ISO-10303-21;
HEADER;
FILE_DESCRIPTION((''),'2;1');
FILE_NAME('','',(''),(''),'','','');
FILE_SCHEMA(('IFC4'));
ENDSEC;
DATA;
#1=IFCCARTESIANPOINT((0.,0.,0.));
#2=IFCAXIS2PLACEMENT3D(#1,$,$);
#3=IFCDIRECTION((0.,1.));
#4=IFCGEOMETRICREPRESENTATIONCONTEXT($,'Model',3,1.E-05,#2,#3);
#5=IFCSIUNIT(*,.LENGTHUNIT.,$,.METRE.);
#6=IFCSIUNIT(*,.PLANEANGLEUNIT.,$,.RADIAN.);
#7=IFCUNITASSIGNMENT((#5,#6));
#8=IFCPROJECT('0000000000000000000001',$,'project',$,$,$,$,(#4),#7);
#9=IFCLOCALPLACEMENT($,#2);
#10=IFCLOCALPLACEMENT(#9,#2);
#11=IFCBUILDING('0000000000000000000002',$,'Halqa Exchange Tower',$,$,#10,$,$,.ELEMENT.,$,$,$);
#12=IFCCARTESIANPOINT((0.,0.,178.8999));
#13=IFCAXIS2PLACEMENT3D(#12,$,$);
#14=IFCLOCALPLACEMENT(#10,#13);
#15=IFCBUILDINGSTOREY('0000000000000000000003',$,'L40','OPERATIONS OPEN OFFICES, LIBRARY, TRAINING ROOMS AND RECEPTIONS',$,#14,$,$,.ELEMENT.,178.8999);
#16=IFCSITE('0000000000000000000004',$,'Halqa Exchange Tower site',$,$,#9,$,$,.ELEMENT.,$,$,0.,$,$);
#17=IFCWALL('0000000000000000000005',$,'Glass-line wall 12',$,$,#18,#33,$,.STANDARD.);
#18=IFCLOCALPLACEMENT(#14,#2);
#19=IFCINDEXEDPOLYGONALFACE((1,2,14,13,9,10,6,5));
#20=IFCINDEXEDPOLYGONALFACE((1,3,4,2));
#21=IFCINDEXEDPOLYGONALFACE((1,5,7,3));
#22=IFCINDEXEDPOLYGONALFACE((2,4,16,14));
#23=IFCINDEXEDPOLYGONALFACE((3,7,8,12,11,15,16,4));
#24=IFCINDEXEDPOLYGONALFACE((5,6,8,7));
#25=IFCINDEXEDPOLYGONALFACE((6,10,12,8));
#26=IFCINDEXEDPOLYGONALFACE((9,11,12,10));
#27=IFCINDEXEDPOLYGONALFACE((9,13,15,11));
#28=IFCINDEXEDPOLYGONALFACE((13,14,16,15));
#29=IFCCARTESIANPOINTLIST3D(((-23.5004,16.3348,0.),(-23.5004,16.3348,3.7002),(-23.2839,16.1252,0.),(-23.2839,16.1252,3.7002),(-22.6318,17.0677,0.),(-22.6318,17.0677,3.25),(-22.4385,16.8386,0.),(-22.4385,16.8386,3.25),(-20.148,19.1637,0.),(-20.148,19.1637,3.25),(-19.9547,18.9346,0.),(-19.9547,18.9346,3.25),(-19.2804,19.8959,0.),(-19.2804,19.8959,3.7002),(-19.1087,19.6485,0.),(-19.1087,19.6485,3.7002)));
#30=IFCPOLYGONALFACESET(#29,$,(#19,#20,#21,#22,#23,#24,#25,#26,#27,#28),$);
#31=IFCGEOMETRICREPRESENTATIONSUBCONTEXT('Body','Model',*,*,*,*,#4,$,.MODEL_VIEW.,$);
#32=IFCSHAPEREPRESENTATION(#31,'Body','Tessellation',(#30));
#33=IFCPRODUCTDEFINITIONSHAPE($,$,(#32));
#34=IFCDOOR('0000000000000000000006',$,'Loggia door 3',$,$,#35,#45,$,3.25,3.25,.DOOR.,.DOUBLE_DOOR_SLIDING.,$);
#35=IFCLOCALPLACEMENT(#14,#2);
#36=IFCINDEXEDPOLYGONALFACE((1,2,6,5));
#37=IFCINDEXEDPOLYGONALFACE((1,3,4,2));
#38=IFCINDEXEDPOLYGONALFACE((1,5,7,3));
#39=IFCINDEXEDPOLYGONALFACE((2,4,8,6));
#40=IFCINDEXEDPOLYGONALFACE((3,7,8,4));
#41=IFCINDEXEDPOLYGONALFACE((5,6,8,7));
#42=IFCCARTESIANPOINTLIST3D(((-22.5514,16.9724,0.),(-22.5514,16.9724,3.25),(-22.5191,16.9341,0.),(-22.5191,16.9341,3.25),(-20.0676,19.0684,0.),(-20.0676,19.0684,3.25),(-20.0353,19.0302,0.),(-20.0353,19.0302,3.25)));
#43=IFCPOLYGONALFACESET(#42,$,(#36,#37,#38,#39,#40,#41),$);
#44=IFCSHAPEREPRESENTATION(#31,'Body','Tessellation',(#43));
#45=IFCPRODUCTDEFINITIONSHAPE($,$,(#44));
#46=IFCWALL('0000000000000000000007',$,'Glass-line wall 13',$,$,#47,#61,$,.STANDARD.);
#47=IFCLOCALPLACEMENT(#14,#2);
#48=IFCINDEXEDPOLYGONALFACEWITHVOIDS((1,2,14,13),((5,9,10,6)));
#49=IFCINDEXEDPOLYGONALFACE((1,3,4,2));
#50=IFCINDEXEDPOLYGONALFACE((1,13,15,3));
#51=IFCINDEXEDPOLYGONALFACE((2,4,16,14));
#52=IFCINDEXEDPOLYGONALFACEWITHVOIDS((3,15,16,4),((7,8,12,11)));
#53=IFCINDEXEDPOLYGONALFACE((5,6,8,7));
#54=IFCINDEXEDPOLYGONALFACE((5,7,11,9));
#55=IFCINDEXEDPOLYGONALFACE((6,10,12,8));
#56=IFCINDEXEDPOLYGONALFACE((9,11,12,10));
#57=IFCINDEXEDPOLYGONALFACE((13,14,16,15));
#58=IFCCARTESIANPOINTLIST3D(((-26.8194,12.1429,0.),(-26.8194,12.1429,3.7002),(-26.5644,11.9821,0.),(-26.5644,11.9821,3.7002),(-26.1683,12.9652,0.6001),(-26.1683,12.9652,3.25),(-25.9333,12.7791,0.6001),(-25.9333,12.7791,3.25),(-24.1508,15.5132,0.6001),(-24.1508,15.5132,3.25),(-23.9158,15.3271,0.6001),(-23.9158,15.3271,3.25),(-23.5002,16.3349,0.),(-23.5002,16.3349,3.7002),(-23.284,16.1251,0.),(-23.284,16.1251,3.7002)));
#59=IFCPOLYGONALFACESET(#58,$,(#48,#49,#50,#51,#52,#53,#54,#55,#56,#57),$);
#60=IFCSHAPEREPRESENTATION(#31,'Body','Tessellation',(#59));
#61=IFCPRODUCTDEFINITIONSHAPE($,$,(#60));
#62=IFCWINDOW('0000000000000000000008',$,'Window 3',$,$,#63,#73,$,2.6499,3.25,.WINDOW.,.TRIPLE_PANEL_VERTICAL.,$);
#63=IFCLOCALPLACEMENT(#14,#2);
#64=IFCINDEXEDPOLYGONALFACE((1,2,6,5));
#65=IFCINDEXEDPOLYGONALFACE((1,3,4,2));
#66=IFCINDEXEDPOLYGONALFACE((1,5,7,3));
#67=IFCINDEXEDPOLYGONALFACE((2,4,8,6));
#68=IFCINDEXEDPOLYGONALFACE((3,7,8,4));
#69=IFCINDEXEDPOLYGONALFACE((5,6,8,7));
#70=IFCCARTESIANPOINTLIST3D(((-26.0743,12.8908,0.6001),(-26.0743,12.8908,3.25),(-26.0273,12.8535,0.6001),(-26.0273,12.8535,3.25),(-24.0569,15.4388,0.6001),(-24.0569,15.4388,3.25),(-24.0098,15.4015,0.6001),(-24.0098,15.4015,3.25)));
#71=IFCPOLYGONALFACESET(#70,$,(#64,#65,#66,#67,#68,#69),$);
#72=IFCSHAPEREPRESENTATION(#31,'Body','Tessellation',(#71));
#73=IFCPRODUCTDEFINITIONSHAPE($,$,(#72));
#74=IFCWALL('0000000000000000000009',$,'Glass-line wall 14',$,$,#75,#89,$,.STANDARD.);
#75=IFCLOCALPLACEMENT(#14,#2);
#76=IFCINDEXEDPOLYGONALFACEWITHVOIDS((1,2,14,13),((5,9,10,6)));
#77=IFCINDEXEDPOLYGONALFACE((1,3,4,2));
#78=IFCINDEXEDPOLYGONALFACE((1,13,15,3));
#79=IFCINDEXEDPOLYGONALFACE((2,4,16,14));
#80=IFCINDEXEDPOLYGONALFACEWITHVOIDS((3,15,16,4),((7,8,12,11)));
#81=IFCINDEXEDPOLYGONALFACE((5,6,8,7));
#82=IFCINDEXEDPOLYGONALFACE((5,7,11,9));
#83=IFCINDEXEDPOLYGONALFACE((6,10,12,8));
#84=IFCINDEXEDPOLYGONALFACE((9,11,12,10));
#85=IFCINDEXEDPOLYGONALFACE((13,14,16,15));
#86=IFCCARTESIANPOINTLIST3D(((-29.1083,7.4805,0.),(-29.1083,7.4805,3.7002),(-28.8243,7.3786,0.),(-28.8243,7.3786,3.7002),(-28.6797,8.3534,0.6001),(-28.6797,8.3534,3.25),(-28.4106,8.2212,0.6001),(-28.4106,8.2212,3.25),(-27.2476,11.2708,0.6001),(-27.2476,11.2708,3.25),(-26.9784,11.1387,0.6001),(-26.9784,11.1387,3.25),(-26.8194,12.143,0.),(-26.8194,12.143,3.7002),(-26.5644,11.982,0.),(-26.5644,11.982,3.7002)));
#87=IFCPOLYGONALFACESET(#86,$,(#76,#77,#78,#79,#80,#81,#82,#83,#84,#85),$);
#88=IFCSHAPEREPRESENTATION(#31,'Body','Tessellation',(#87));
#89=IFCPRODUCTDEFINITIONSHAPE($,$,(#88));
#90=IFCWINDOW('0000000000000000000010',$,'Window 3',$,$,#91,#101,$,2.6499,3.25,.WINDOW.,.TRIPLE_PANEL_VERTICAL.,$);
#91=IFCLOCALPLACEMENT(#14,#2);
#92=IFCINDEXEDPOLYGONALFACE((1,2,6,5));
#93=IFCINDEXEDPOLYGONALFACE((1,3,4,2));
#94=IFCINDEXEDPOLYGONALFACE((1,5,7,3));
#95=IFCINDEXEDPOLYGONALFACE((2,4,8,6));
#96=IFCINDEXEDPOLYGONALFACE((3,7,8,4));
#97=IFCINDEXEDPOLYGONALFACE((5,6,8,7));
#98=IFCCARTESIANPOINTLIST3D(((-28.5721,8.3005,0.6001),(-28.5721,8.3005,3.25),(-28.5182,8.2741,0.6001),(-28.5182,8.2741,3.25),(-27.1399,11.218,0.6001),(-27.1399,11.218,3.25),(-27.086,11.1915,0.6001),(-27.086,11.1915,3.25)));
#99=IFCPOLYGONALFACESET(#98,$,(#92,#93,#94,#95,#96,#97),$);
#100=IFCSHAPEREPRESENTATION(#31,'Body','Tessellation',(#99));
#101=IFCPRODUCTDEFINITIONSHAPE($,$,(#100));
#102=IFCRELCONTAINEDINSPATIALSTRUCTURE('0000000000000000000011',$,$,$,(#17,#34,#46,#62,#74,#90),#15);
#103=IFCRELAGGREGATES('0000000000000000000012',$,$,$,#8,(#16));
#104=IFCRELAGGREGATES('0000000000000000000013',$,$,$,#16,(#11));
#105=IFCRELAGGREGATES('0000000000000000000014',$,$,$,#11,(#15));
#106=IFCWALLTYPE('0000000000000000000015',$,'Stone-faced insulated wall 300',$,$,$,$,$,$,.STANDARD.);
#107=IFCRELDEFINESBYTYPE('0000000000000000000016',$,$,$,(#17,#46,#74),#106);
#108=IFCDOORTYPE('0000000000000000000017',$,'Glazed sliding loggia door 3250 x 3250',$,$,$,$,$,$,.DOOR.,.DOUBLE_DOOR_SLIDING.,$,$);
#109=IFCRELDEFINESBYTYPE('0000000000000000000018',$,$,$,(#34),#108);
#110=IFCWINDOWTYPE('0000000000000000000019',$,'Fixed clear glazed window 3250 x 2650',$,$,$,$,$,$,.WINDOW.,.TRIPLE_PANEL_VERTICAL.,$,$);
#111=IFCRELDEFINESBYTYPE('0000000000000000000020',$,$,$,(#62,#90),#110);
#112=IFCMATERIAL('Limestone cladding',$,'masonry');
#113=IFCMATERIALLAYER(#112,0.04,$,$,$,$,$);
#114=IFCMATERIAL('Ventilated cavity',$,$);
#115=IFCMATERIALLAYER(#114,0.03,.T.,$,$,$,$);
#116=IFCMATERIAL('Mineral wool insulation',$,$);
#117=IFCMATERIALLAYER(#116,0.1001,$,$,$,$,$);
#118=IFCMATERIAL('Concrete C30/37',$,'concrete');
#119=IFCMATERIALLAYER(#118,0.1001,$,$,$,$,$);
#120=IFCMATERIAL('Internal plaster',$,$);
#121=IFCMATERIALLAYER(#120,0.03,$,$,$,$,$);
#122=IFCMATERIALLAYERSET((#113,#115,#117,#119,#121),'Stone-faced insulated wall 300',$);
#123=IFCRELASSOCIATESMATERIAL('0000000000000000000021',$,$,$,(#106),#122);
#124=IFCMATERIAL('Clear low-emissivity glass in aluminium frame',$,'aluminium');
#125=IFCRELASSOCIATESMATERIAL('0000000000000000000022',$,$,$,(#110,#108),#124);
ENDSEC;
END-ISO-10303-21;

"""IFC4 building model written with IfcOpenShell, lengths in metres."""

from ifc_helpers import new_model, si_unit, direction, frame, frame_2d, origin, place, context, subcontext, project, spatial, polyline, rectangle, outline, extrude, material, layer, layer_set, type_object, element, fill, save


model = new_model("IFC4")

# Units and contexts
model_context = context("Model", 3, precision=1e-05, world=origin(), true_north=direction((0.0, 1.0)))
body_context = subcontext(model_context, "Body", "Model", "MODEL_VIEW")
ifc_project = project(units=[si_unit("LENGTHUNIT", "METRE"), si_unit("PLANEANGLEUNIT", "RADIAN")], contexts=[model_context])

# Site, building, storey
site_placement = place(None, origin())
site = spatial("IfcSite", under=ifc_project, at=site_placement, Name="Halqa Exchange Tower site", CompositionType="ELEMENT", RefElevation=0.0)
building_placement = place(site_placement, origin())
building = spatial("IfcBuilding", under=site, at=building_placement, Name="Halqa Exchange Tower", CompositionType="ELEMENT")
storey_placement = place(building_placement, frame((0.0, 0.0, 178.8999)))
storey = spatial("IfcBuildingStorey", under=building, at=storey_placement, Name="L40", Description="OPERATIONS OPEN OFFICES, LIBRARY, TRAINING ROOMS AND RECEPTIONS", CompositionType="ELEMENT", Elevation=178.8999)

# Shared definitions
ifc_material_1 = material(Name="Limestone cladding", Category="masonry")
ifc_layer_1 = layer(ifc_material_1, 0.04)
ifc_material_2 = material(Name="Ventilated cavity")
ifc_layer_2 = layer(ifc_material_2, 0.03, ventilated=True)
ifc_material_3 = material(Name="Mineral wool insulation")
ifc_layer_3 = layer(ifc_material_3, 0.1001)
ifc_material_4 = material(Name="Concrete C30/37", Category="concrete")
ifc_layer_4 = layer(ifc_material_4, 0.1001)
ifc_material_5 = material(Name="Internal plaster")
ifc_layer_5 = layer(ifc_material_5, 0.03)
ifc_layer_set_1 = layer_set([ifc_layer_1, ifc_layer_2, ifc_layer_3, ifc_layer_4, ifc_layer_5], Name="Stone-faced insulated wall 300")
wall_type_1 = type_object("IfcWallType", Name="Stone-faced insulated wall 300", PredefinedType="STANDARD", material=ifc_layer_set_1)
ifc_material_6 = material(Name="Clear low-emissivity glass in aluminium frame", Category="aluminium")
window_type = type_object("IfcWindowType", Name="Fixed clear glazed window 3250 x 2650", PartitioningType="TRIPLE_PANEL_VERTICAL", PredefinedType="WINDOW", material=ifc_material_6)

# Wall, opening, door
wall_1_placement = place(storey_placement, frame((-19.1946, 19.7722, 0.0), z_axis=(0.0, 0.0, 1.0), x_axis=(-0.764239, -0.644933, 0.0)))
wall_1 = element("IfcWall", 1, at=wall_1_placement, inside=storey, type_object=wall_type_1, Name="Glass-line wall 12", PredefinedType="STANDARD", context=body_context, shape_type="SweptSolid", body=[
    extrude(outline(polyline([(-0.0142, -0.1499), (5.5076, -0.1499), (5.4773, 0.1499), (0.0142, 0.1499), (-0.0142, -0.1499)])), origin(), (0.0, 0.0, 1.0), 3.7002),
])
opening_1_placement = place(wall_1_placement, frame((1.1211, 0.0, 0.0)))
opening_1 = element("IfcOpeningElement", 2, at=opening_1_placement, cuts=wall_1, PredefinedType="OPENING", context=body_context, shape_type="SweptSolid", body=[
    extrude(rectangle(XDim=3.25, YDim=3.25, at=frame_2d((1.625, 1.625))), frame((0.0, 0.1621, 0.0), z_axis=(0.0, -1.0, 0.0), x_axis=(1.0, 0.0, 0.0)), (0.0, 0.0, 1.0), 0.324),
])
door_type = type_object("IfcDoorType", Name="Glazed sliding loggia door 3250 x 3250", OperationType="DOUBLE_DOOR_SLIDING", PredefinedType="DOOR", material=ifc_material_6)
door_placement = place(opening_1_placement, origin())
door = element("IfcDoor", 3, at=door_placement, inside=storey, type_object=door_type, Name="Loggia door 3", OperationType="DOUBLE_DOOR_SLIDING", OverallHeight=3.25, OverallWidth=3.25, PredefinedType="DOOR", context=body_context, shape_type="SweptSolid", body=[
    extrude(rectangle(XDim=3.25, YDim=3.25, at=frame_2d((1.625, 1.625))), frame((0.0, 0.0249, 0.0), z_axis=(0.0, -1.0, 0.0), x_axis=(1.0, 0.0, 0.0)), (0.0, 0.0, 1.0), 0.05),
])
fill(opening_1, door)

# Walls, openings, windows
wall_2_placement = place(storey_placement, frame((-23.3921, 16.23, 0.0), z_axis=(0.0, 0.0, 1.0), x_axis=(-0.620766, -0.783996, 0.0)))
wall_2 = element("IfcWall", 4, at=wall_2_placement, inside=storey, type_object=wall_type_1, Name="Glass-line wall 13", PredefinedType="STANDARD", context=body_context, shape_type="SweptSolid", body=[
    extrude(outline(polyline([(-0.0151, -0.1499), (5.3318, -0.1499), (5.2996, 0.1499), (0.0151, 0.1499), (-0.0151, -0.1499)])), origin(), (0.0, 0.0, 1.0), 3.7002),
])
opening_2_placement = place(wall_2_placement, frame((1.033, 0.0, 0.6001)))
opening_2 = element("IfcOpeningElement", 5, at=opening_2_placement, cuts=wall_2, PredefinedType="OPENING", context=body_context, shape_type="SweptSolid", body=[
    extrude(rectangle(XDim=3.25, YDim=2.6499, at=frame_2d((1.625, 1.325))), frame((0.0, 0.1621, 0.0), z_axis=(0.0, -1.0, 0.0), x_axis=(1.0, 0.0, 0.0)), (0.0, 0.0, 1.0), 0.324),
])
window_1_placement = place(opening_2_placement, origin())
window_1 = element("IfcWindow", 6, at=window_1_placement, inside=storey, type_object=window_type, Name="Window 3", OverallHeight=2.6499, OverallWidth=3.25, PartitioningType="TRIPLE_PANEL_VERTICAL", PredefinedType="WINDOW", context=body_context, shape_type="SweptSolid", body=[
    extrude(rectangle(XDim=3.25, YDim=2.6499, at=frame_2d((1.625, 1.325))), frame((0.0, 0.03, 0.0), z_axis=(0.0, -1.0, 0.0), x_axis=(1.0, 0.0, 0.0)), (0.0, 0.0, 1.0), 0.0601),
])
fill(opening_2, window_1)
wall_3_placement = place(storey_placement, frame((-26.6919, 12.0625, 0.0), z_axis=(0.0, 0.0, 1.0), x_axis=(-0.440674, -0.897667, 0.0)))
wall_3 = element("IfcWall", 7, at=wall_3_placement, inside=storey, type_object=wall_type_1, Name="Glass-line wall 14", PredefinedType="STANDARD", context=body_context, shape_type="SweptSolid", body=[
    extrude(outline(polyline([(-0.0161, -0.1499), (5.178, -0.1499), (5.1443, 0.1499), (0.0161, 0.1499), (-0.0161, -0.1499)])), origin(), (0.0, 0.0, 1.0), 3.7002),
])
opening_3_placement = place(wall_3_placement, frame((0.9556, 0.0, 0.6001)))
opening_3 = element("IfcOpeningElement", 8, at=opening_3_placement, cuts=wall_3, PredefinedType="OPENING", context=body_context, shape_type="SweptSolid", body=[
    extrude(rectangle(XDim=3.25, YDim=2.6499, at=frame_2d((1.625, 1.325))), frame((0.0, 0.1621, 0.0), z_axis=(0.0, -1.0, 0.0), x_axis=(1.0, 0.0, 0.0)), (0.0, 0.0, 1.0), 0.324),
])
window_2_placement = place(opening_3_placement, origin())
window_2 = element("IfcWindow", 9, at=window_2_placement, inside=storey, type_object=window_type, Name="Window 3", OverallHeight=2.6499, OverallWidth=3.25, PartitioningType="TRIPLE_PANEL_VERTICAL", PredefinedType="WINDOW", context=body_context, shape_type="SweptSolid", body=[
    extrude(rectangle(XDim=3.25, YDim=2.6499, at=frame_2d((1.625, 1.325))), frame((0.0, 0.03, 0.0), z_axis=(0.0, -1.0, 0.0), x_axis=(1.0, 0.0, 0.0)), (0.0, 0.0, 1.0), 0.0601),
])
fill(opening_3, window_2)

save(model, "model.ifc")
